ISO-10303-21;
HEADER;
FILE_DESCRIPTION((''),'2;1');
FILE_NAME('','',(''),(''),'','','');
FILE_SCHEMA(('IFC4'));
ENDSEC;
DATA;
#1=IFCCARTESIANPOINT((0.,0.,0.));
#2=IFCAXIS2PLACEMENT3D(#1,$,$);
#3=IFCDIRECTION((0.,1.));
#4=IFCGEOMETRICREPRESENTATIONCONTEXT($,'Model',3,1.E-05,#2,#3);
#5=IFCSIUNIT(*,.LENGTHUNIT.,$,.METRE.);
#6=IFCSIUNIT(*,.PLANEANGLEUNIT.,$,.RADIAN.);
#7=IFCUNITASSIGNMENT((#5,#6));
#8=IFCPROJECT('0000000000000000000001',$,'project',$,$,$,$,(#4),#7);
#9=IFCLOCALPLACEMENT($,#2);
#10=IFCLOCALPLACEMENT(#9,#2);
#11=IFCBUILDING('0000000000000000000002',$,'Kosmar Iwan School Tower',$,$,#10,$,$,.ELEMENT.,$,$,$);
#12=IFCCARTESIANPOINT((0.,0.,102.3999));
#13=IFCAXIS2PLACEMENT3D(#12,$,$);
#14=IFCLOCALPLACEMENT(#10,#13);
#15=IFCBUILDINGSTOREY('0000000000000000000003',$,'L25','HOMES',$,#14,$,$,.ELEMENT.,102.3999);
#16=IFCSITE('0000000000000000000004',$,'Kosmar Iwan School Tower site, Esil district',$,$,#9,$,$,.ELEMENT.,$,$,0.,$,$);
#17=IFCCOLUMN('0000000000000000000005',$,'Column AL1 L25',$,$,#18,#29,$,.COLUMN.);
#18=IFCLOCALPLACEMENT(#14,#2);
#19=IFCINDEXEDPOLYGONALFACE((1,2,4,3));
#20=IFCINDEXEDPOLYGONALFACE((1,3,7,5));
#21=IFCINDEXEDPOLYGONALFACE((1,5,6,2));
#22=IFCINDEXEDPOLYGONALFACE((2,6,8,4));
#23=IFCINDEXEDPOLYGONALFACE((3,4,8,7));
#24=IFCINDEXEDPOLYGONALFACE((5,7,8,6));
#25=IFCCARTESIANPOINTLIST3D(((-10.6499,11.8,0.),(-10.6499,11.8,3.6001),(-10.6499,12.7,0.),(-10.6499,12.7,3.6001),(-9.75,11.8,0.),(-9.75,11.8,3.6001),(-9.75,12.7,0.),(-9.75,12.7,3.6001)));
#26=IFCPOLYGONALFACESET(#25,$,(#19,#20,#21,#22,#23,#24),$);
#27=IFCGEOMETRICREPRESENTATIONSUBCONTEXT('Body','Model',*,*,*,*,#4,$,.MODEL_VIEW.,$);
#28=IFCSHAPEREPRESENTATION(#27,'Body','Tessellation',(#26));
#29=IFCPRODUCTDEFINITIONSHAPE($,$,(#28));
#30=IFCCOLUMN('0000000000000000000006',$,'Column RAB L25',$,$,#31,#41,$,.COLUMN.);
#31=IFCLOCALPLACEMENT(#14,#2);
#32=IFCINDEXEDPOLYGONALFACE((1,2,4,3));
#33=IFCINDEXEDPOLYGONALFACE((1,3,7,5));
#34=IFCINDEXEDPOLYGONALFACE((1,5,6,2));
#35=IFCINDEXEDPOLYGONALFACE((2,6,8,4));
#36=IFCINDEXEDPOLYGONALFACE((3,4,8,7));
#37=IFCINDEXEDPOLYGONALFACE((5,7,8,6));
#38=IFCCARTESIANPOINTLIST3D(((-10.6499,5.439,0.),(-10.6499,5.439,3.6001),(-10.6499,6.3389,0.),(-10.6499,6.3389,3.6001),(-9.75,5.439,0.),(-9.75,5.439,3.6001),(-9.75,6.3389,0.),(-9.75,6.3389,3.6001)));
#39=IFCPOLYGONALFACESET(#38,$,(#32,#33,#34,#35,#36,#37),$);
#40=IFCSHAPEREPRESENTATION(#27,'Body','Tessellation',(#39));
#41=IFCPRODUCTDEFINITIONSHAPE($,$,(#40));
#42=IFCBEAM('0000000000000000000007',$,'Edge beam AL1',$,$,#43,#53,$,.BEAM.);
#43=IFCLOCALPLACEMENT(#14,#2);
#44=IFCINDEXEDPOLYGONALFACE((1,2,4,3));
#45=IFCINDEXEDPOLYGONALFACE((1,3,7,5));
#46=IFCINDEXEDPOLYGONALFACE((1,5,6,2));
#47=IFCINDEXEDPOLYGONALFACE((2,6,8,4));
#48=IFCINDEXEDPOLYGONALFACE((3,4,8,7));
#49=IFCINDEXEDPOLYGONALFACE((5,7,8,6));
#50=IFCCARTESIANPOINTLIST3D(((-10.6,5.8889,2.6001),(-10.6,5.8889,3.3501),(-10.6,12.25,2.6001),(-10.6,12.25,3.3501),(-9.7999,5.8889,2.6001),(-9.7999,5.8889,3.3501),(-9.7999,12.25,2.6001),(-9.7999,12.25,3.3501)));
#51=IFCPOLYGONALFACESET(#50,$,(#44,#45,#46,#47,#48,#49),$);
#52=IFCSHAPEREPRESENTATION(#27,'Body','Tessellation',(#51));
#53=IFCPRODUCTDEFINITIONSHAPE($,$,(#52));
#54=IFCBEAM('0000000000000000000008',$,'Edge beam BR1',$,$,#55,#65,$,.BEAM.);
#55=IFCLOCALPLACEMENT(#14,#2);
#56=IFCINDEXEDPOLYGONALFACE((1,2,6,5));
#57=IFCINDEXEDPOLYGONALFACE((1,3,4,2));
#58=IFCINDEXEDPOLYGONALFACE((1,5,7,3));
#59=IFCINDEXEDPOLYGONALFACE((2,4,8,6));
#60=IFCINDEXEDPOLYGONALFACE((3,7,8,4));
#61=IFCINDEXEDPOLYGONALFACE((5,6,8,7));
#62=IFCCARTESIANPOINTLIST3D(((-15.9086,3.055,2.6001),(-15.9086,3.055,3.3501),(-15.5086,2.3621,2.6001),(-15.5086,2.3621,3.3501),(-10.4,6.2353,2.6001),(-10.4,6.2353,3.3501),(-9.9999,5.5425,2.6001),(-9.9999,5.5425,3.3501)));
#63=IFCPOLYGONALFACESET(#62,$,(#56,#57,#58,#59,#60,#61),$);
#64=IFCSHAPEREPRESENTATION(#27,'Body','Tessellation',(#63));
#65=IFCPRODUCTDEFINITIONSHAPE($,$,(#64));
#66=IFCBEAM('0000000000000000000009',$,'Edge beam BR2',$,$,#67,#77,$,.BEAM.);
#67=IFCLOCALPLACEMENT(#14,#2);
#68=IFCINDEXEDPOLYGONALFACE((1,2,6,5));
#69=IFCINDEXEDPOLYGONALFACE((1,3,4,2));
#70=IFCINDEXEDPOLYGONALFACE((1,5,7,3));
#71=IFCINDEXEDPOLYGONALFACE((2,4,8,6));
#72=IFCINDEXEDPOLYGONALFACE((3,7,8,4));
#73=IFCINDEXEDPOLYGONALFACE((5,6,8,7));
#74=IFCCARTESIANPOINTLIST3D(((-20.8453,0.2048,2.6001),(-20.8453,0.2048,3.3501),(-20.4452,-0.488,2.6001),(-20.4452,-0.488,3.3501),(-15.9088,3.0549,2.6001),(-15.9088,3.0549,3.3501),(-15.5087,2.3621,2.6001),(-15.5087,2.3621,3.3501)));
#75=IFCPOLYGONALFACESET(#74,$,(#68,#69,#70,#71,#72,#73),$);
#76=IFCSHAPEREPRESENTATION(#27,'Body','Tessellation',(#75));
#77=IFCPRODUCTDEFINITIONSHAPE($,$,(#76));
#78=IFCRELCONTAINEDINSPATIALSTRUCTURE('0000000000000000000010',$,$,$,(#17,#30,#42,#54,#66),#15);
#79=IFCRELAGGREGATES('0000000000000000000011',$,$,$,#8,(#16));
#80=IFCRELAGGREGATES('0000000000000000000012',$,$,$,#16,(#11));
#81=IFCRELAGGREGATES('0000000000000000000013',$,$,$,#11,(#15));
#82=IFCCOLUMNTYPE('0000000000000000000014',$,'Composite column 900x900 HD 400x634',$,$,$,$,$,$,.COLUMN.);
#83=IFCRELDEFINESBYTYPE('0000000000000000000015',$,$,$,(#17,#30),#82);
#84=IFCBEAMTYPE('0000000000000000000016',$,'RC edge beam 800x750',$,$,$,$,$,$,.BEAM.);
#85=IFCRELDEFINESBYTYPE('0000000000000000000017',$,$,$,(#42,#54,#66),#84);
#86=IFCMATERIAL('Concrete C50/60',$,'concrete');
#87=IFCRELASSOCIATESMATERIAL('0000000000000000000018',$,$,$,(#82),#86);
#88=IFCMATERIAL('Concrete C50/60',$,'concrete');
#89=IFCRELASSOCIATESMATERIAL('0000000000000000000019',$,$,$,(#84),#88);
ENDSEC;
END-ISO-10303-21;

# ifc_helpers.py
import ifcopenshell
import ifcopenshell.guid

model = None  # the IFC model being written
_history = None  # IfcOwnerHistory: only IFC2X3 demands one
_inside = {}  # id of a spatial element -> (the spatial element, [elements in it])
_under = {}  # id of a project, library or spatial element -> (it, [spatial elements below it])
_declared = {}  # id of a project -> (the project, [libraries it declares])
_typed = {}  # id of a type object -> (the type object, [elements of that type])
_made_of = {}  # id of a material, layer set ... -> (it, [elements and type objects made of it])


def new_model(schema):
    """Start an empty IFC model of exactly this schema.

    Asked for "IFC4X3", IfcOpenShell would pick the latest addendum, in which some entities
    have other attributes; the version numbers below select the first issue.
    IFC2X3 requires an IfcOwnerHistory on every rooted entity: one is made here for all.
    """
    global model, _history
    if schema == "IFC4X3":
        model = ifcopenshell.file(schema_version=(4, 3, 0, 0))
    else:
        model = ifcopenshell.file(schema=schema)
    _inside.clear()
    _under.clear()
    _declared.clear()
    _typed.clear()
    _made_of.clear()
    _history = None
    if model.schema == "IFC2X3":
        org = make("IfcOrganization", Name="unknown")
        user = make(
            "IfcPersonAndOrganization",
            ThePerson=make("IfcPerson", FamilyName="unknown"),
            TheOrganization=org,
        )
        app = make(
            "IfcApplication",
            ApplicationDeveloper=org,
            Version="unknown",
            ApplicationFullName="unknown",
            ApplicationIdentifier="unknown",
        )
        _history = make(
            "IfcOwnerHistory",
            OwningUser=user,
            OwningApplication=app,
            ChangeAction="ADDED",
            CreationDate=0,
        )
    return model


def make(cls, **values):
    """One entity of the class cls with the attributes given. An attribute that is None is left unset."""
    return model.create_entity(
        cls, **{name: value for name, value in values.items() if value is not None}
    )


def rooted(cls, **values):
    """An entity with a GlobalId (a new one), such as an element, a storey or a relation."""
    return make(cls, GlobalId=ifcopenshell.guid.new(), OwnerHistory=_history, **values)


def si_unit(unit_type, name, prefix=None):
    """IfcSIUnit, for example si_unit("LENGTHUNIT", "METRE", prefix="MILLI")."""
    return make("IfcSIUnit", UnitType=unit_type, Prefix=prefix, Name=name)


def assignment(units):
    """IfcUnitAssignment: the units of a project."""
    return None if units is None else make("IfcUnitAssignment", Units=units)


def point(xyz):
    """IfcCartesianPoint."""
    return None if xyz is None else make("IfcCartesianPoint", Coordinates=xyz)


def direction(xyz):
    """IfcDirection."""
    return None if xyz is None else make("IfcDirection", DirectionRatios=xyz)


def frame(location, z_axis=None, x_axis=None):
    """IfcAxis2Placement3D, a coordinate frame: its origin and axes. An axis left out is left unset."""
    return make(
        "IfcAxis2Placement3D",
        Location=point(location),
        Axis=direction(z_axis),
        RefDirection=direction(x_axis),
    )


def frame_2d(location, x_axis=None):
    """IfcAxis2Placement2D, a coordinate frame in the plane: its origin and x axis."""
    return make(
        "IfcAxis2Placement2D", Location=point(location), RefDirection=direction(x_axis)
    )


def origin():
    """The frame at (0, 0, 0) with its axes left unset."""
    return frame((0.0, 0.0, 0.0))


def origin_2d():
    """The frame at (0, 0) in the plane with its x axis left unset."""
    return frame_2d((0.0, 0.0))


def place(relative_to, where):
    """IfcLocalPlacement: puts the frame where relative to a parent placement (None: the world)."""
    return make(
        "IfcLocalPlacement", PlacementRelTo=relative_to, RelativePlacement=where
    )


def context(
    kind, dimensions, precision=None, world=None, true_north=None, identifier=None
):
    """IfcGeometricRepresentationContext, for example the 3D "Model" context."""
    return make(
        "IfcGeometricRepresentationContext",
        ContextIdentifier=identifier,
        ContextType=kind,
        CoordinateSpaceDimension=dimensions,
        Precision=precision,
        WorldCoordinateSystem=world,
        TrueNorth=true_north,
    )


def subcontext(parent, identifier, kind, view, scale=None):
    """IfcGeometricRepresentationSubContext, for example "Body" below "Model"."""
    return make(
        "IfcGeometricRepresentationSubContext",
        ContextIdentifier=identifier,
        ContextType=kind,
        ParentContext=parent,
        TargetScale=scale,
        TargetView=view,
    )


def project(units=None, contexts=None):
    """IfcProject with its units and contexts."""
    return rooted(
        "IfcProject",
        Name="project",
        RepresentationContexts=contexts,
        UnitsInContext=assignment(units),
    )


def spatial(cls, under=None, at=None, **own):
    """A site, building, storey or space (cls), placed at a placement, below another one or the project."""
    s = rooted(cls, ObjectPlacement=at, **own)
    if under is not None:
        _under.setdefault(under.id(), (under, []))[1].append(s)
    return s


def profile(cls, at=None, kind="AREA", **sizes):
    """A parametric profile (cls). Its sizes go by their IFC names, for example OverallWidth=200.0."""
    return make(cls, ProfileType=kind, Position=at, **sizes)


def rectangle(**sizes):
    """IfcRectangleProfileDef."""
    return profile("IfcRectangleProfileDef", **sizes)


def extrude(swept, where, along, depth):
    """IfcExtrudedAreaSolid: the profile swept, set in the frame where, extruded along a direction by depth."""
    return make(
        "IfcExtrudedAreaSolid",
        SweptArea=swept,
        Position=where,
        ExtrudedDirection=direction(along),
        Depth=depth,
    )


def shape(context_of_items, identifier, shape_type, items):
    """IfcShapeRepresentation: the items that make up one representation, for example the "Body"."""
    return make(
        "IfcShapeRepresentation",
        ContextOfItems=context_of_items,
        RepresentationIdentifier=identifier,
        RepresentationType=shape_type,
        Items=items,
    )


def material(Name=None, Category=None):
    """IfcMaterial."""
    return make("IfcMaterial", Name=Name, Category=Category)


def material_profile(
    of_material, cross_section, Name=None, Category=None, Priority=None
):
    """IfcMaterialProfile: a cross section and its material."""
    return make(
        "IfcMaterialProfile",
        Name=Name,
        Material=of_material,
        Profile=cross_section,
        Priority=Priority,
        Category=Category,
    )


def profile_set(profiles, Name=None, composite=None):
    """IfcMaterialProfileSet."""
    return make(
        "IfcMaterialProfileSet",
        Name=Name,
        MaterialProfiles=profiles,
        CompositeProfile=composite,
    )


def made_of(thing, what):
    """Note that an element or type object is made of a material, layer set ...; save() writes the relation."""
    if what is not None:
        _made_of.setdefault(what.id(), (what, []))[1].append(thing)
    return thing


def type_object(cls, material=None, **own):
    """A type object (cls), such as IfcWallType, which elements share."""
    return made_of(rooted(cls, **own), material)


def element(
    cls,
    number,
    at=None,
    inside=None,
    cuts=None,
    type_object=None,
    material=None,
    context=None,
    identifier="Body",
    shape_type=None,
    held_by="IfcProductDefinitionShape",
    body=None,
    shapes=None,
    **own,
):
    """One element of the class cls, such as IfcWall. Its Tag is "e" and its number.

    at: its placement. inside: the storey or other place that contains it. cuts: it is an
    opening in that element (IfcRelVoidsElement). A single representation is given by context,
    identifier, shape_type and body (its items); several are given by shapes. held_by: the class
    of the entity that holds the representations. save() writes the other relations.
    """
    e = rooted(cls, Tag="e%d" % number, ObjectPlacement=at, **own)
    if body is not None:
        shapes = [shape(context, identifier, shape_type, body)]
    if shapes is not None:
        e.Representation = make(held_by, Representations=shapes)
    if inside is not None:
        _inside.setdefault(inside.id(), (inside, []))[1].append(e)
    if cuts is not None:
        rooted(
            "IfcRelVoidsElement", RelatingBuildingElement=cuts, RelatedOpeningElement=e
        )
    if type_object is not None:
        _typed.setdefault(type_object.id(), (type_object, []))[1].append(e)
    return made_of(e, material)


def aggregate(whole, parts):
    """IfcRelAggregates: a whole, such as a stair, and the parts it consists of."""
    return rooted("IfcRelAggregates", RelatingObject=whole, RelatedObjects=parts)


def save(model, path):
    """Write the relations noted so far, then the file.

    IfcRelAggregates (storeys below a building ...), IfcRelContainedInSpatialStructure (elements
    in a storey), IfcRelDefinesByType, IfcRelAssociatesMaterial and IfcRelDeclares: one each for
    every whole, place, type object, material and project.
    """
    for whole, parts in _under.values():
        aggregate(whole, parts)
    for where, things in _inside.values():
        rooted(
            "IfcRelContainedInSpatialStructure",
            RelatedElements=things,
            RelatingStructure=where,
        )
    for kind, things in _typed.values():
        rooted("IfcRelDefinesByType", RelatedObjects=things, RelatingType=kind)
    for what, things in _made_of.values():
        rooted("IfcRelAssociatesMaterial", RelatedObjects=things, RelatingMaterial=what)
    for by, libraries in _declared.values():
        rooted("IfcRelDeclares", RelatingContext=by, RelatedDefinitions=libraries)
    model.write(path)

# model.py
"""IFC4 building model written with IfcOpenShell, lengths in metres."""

from ifc_helpers import new_model, si_unit, direction, frame, origin, origin_2d, place, context, subcontext, project, spatial, rectangle, extrude, material, material_profile, profile_set, type_object, element, save


model = new_model("IFC4")

# Units and contexts
model_context = context("Model", 3, precision=1e-05, world=origin(), true_north=direction((0.0, 1.0)))
body_context = subcontext(model_context, "Body", "Model", "MODEL_VIEW")
ifc_project = project(units=[si_unit("LENGTHUNIT", "METRE"), si_unit("PLANEANGLEUNIT", "RADIAN")], contexts=[model_context])

# Site, building, storey
site_placement = place(None, origin())
site = spatial("IfcSite", under=ifc_project, at=site_placement, Name="Kosmar Iwan School Tower site, Esil district", CompositionType="ELEMENT", RefElevation=0.0)
building_placement = place(site_placement, origin())
building = spatial("IfcBuilding", under=site, at=building_placement, Name="Kosmar Iwan School Tower", CompositionType="ELEMENT")
storey_placement = place(building_placement, frame((0.0, 0.0, 102.3999)))
storey = spatial("IfcBuildingStorey", under=building, at=storey_placement, Name="L25", Description="HOMES", CompositionType="ELEMENT", Elevation=102.3999)

# Columns
ifc_material_1 = material(Name="Concrete C50/60", Category="concrete")
ifc_material_profile_1 = material_profile(ifc_material_1, rectangle(XDim=0.8999, YDim=0.8999, at=origin_2d()), Name="RC 900x900 + HD 400x634")
ifc_profile_set_1 = profile_set([ifc_material_profile_1], Name="Concrete C50/60")
column_type = type_object("IfcColumnType", Name="Composite column 900x900 HD 400x634", PredefinedType="COLUMN", material=ifc_profile_set_1)
for number, where, z_axis, x_axis, name in (
    (1, (-10.2, 12.25, 0.0), (0.0, 0.0, 1.0), (0.0, 1.0, 0.0), "Column AL1 L25"),
    (2, (-10.2, 5.8889, 0.0), (0.0, 0.0, 1.0), (1.0, 0.0, 0.0), "Column RAB L25"),
):
    element("IfcColumn", number, at=place(storey_placement, frame(where, z_axis=z_axis, x_axis=x_axis)), inside=storey, type_object=column_type, Name=name, PredefinedType="COLUMN", context=body_context, shape_type="SweptSolid", body=[
        extrude(rectangle(XDim=0.8999, YDim=0.8999, at=origin_2d()), origin(), (0.0, 0.0, 1.0), 3.6001),
    ])

# Beams
ifc_material_2 = material(Name="Concrete C50/60", Category="concrete")
ifc_material_profile_2 = material_profile(ifc_material_2, rectangle(XDim=0.8, YDim=0.75, at=origin_2d()), Name="RC 800x750")
ifc_profile_set_2 = profile_set([ifc_material_profile_2], Name="Concrete C50/60")
beam_type = type_object("IfcBeamType", Name="RC edge beam 800x750", PredefinedType="BEAM", material=ifc_profile_set_2)
beam_1_placement = place(storey_placement, frame((-10.2, 5.8889, 2.9751), z_axis=(0.0, 1.0, 0.0), x_axis=(-1.0, 0.0, 0.0)))
element("IfcBeam", 3, at=beam_1_placement, inside=storey, type_object=beam_type, Name="Edge beam AL1", PredefinedType="BEAM", context=body_context, shape_type="SweptSolid", body=[
    extrude(rectangle(XDim=0.8, YDim=0.75, at=origin_2d()), origin(), (0.0, 0.0, 1.0), 6.3611),
])
beam_2_placement = place(storey_placement, frame((-10.2, 5.8889, 2.9751), z_axis=(-0.866031, -0.49999, 0.0), x_axis=(0.49999, -0.866031, 0.0)))
element("IfcBeam", 4, at=beam_2_placement, inside=storey, type_object=beam_type, Name="Edge beam BR1", PredefinedType="BEAM", context=body_context, shape_type="SweptSolid", body=[
    extrude(rectangle(XDim=0.8, YDim=0.75, at=origin_2d()), origin(), (0.0, 0.0, 1.0), 6.3608),
])
beam_3_placement = place(storey_placement, frame((-15.7087, 2.7085, 2.9751), z_axis=(-0.866026, -0.499999, 0.0), x_axis=(0.499999, -0.866026, 0.0)))
element("IfcBeam", 5, at=beam_3_placement, inside=storey, type_object=beam_type, Name="Edge beam BR2", PredefinedType="BEAM", context=body_context, shape_type="SweptSolid", body=[
    extrude(rectangle(XDim=0.8, YDim=0.75, at=origin_2d()), origin(), (0.0, 0.0, 1.0), 5.7002),
])

save(model, "model.ifc")
